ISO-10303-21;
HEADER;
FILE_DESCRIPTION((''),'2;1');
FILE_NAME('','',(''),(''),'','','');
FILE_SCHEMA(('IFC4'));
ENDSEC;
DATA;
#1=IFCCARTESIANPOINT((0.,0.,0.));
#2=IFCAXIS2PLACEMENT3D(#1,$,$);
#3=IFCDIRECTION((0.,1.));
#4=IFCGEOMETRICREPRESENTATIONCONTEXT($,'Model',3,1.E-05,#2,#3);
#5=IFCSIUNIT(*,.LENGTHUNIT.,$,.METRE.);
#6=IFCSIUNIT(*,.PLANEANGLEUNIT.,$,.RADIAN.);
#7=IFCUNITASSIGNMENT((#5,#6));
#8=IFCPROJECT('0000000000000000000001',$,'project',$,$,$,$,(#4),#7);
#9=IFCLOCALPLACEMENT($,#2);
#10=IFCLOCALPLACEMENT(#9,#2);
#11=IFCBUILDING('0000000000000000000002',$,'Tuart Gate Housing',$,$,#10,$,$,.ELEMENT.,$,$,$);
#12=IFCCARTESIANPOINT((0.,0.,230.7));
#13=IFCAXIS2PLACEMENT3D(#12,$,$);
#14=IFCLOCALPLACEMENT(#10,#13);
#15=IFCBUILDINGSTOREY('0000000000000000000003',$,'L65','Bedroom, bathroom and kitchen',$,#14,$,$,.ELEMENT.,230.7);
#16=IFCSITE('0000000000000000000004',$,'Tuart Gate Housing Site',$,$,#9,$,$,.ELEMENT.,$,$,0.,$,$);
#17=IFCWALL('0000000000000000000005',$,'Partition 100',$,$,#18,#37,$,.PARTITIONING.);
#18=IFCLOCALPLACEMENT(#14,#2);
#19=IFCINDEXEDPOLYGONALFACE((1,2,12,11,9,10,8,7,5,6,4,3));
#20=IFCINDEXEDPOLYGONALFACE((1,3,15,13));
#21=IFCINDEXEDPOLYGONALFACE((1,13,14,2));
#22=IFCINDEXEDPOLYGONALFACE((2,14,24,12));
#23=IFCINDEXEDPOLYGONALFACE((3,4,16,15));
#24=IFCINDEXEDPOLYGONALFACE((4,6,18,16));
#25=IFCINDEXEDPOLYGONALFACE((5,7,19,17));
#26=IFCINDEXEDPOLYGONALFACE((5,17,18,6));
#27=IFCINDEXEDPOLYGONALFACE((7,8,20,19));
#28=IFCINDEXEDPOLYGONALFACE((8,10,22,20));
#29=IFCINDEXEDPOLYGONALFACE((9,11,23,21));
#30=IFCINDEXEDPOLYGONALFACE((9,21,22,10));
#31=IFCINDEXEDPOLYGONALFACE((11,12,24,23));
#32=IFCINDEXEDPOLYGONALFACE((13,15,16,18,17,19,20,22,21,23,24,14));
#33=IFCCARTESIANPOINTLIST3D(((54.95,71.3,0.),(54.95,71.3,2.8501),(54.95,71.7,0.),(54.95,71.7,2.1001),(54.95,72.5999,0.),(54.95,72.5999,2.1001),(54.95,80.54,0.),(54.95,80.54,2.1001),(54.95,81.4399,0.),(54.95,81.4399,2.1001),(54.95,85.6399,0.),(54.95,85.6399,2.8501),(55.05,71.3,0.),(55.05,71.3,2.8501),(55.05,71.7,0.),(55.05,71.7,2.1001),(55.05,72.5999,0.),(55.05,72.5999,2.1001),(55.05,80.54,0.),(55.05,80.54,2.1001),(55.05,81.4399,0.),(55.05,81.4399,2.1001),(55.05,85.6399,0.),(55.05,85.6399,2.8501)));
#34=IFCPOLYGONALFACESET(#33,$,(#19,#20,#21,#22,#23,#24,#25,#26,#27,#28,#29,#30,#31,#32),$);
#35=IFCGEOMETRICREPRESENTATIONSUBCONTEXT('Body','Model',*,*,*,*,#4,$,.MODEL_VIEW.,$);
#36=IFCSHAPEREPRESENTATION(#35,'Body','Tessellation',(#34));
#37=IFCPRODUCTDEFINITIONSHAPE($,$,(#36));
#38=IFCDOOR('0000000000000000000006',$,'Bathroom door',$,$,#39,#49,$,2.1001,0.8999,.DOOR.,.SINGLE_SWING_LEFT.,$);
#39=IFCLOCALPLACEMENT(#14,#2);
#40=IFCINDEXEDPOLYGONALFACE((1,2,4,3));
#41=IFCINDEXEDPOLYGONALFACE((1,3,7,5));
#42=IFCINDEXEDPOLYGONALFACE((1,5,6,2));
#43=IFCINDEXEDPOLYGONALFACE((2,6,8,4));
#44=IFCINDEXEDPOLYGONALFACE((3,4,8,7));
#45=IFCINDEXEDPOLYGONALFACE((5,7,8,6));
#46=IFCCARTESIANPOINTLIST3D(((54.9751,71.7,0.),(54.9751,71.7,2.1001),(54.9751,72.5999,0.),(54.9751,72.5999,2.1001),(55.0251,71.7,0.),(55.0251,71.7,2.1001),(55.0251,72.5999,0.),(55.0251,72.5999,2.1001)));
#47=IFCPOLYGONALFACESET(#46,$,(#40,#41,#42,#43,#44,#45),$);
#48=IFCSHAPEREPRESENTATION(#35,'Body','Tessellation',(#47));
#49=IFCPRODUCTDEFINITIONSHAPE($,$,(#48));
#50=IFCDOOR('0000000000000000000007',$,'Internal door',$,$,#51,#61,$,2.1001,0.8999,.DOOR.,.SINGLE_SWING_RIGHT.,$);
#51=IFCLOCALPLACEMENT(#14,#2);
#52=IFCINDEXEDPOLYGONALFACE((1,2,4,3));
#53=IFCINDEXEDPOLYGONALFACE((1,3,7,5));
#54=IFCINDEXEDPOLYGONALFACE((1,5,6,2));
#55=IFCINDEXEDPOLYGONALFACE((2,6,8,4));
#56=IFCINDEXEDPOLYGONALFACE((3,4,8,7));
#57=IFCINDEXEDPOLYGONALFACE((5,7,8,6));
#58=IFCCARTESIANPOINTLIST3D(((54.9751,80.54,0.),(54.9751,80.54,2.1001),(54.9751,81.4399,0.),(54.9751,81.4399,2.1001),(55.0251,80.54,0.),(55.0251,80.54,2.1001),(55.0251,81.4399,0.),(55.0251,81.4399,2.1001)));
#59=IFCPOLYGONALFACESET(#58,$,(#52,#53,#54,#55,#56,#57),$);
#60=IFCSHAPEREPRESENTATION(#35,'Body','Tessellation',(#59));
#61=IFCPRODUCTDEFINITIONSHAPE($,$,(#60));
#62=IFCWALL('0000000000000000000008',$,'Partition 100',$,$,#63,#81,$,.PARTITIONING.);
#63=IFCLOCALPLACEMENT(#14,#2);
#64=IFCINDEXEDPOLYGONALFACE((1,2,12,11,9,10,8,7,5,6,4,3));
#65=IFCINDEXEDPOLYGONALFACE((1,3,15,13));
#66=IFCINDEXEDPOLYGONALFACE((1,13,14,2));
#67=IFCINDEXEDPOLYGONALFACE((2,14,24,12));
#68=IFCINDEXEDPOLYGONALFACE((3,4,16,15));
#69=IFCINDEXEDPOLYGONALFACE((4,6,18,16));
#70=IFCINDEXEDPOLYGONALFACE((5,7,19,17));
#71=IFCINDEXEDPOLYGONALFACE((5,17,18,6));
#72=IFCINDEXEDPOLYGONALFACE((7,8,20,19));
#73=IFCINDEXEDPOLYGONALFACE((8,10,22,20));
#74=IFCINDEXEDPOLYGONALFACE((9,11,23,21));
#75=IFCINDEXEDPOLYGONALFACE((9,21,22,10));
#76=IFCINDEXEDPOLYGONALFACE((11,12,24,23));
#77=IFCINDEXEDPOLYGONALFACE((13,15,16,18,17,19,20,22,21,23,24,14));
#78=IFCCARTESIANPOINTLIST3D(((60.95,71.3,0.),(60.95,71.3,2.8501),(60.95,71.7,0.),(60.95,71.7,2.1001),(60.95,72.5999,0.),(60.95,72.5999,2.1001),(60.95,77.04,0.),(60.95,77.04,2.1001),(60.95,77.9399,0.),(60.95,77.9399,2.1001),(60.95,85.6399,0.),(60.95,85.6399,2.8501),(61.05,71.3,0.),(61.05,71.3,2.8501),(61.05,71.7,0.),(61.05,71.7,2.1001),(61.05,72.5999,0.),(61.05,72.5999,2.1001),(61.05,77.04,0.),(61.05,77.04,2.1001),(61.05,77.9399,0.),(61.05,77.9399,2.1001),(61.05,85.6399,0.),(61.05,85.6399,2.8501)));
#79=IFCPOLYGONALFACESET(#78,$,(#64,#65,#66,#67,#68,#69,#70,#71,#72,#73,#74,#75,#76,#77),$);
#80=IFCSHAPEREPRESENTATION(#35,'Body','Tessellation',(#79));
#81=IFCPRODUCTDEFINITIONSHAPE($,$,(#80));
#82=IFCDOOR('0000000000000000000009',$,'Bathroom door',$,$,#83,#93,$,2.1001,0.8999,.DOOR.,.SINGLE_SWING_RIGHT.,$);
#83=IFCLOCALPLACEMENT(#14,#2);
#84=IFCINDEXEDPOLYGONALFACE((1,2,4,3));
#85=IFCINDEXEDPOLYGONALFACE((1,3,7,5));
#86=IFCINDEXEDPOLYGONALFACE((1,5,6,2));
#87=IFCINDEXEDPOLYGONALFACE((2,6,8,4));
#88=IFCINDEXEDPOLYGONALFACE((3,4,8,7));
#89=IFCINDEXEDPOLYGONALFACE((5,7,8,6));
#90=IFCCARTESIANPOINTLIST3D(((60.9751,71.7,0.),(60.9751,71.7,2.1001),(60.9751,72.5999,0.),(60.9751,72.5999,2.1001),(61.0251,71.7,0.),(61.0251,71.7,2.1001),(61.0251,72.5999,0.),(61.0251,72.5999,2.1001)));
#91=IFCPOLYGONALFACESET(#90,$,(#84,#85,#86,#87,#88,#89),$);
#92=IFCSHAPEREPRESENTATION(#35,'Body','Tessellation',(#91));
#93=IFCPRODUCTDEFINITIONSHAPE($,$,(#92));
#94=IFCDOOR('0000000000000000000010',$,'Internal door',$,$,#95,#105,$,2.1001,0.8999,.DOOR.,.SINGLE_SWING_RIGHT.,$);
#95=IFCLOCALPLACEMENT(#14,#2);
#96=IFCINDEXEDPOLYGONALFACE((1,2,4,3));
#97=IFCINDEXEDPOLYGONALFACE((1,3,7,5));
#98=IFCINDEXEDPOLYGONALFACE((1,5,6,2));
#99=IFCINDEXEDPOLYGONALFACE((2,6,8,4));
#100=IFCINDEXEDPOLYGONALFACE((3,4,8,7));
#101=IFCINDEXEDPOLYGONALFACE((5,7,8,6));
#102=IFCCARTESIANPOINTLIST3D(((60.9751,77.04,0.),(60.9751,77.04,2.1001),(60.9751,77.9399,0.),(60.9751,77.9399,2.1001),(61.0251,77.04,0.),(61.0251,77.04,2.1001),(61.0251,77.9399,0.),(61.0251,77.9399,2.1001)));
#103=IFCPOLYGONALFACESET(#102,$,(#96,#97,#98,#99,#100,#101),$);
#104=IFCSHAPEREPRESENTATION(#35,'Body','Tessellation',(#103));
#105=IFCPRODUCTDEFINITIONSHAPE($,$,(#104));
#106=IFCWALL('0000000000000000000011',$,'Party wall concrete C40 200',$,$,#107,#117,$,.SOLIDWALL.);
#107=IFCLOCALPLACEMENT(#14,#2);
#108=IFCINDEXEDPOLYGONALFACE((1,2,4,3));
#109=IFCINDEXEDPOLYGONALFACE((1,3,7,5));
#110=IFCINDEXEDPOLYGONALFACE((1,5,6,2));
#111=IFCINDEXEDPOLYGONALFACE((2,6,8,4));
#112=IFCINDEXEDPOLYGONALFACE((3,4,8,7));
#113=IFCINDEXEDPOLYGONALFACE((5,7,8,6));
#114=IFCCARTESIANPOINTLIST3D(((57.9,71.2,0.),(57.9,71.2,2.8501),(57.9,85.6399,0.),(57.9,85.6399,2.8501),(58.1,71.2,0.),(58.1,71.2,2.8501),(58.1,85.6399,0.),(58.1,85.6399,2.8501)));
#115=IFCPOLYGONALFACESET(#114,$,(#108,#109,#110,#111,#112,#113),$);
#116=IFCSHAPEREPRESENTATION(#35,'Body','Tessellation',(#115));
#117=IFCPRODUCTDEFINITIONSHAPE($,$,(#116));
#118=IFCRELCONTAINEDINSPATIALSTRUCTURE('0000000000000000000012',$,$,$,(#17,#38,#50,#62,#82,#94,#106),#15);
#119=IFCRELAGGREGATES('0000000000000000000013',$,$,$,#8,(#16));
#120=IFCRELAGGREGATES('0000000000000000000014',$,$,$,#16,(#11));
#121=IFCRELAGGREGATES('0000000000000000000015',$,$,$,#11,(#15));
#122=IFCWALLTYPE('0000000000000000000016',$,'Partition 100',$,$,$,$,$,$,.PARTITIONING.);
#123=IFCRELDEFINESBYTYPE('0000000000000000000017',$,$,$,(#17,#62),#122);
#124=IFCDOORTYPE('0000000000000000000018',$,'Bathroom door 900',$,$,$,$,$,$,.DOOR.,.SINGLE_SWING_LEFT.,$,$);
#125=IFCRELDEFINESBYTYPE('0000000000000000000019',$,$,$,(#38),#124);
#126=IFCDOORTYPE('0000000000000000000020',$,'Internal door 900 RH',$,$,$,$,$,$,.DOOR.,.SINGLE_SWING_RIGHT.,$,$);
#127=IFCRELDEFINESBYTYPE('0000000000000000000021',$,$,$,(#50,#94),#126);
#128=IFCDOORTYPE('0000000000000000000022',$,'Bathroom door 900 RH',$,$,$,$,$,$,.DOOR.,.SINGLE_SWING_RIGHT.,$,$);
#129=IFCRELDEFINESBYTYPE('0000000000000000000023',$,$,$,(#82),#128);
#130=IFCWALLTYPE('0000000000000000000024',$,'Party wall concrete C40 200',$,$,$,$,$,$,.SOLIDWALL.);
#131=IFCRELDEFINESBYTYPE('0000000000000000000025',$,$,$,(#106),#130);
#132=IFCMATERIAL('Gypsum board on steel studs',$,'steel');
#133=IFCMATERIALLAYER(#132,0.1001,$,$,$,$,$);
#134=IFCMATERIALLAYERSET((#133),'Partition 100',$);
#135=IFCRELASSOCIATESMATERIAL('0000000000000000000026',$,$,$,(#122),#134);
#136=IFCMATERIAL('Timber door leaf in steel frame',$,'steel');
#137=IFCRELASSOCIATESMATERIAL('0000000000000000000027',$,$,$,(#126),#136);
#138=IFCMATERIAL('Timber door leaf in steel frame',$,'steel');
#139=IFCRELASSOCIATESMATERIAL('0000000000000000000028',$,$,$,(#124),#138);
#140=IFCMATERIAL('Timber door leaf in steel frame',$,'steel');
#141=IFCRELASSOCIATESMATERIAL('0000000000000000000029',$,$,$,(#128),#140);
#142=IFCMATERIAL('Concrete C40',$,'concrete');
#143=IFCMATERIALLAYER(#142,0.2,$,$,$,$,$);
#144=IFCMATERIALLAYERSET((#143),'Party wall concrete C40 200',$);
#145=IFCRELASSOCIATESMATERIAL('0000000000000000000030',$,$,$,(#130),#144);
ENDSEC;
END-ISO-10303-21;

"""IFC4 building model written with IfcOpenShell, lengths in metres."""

from ifc_helpers import new_model, si_unit, direction, frame, frame_2d, origin, place, context, subcontext, project, spatial, rectangle, extrude, material, layer, layer_set, type_object, element, fill, save


model = new_model("IFC4")

# Units and contexts
model_context = context("Model", 3, precision=1e-05, world=origin(), true_north=direction((0.0, 1.0)))
body_context = subcontext(model_context, "Body", "Model", "MODEL_VIEW")
ifc_project = project(units=[si_unit("LENGTHUNIT", "METRE"), si_unit("PLANEANGLEUNIT", "RADIAN")], contexts=[model_context])

# Site, building, storey
site_placement = place(None, origin())
site = spatial("IfcSite", under=ifc_project, at=site_placement, Name="Tuart Gate Housing Site", CompositionType="ELEMENT", RefElevation=0.0)
building_placement = place(site_placement, origin())
building = spatial("IfcBuilding", under=site, at=building_placement, Name="Tuart Gate Housing", CompositionType="ELEMENT")
storey_placement = place(building_placement, frame((0.0, 0.0, 230.7)))
storey = spatial("IfcBuildingStorey", under=building, at=storey_placement, Name="L65", Description="Bedroom, bathroom and kitchen", CompositionType="ELEMENT", Elevation=230.7)

# Shared definitions
ifc_material_1 = material(Name="Gypsum board on steel studs", Category="steel")
ifc_layer_1 = layer(ifc_material_1, 0.1001)
ifc_layer_set_1 = layer_set([ifc_layer_1], Name="Partition 100")
wall_type_1 = type_object("IfcWallType", Name="Partition 100", PredefinedType="PARTITIONING", material=ifc_layer_set_1)

# Shared definitions
ifc_material_2 = material(Name="Timber door leaf in steel frame", Category="steel")
door_type_1 = type_object("IfcDoorType", Name="Internal door 900 RH", OperationType="SINGLE_SWING_RIGHT", PredefinedType="DOOR", material=ifc_material_2)

# Walls, openings, doors
wall_1_placement = place(storey_placement, frame((55.0, 71.3, 0.0), z_axis=(0.0, 0.0, 1.0), x_axis=(0.0, 1.0, 0.0)))
wall_1 = element("IfcWall", 1, at=wall_1_placement, inside=storey, type_object=wall_type_1, Name="Partition 100", PredefinedType="PARTITIONING", context=body_context, shape_type="SweptSolid", body=[
    extrude(rectangle(XDim=14.3398, YDim=0.1001, at=frame_2d((7.1699, 0.0))), origin(), (0.0, 0.0, 1.0), 2.8501),
])
opening_1_placement = place(wall_1_placement, frame((9.24, 0.0, 0.0)))
opening_1 = element("IfcOpeningElement", 2, at=opening_1_placement, cuts=wall_1, PredefinedType="OPENING", context=body_context, shape_type="SweptSolid", body=[
    extrude(rectangle(XDim=0.8999, YDim=2.1001, at=frame_2d((0.45, 1.05))), frame((0.0, 0.0601, 0.0), z_axis=(0.0, -1.0, 0.0), x_axis=(1.0, 0.0, 0.0)), (0.0, 0.0, 1.0), 0.1201),
])
opening_2_placement = place(wall_1_placement, frame((0.3999, 0.0, 0.0)))
opening_2 = element("IfcOpeningElement", 3, at=opening_2_placement, cuts=wall_1, PredefinedType="OPENING", context=body_context, shape_type="SweptSolid", body=[
    extrude(rectangle(XDim=0.8999, YDim=2.1001, at=frame_2d((0.45, 1.05))), frame((0.0, 0.0601, 0.0), z_axis=(0.0, -1.0, 0.0), x_axis=(1.0, 0.0, 0.0)), (0.0, 0.0, 1.0), 0.1201),
])
ifc_material_3 = material(Name="Timber door leaf in steel frame", Category="steel")
door_type_2 = type_object("IfcDoorType", Name="Bathroom door 900", OperationType="SINGLE_SWING_LEFT", PredefinedType="DOOR", material=ifc_material_3)
door_1_placement = place(opening_2_placement, origin())
door_1 = element("IfcDoor", 4, at=door_1_placement, inside=storey, type_object=door_type_2, Name="Bathroom door", OperationType="SINGLE_SWING_LEFT", OverallHeight=2.1001, OverallWidth=0.8999, PredefinedType="DOOR", context=body_context, shape_type="SweptSolid", body=[
    extrude(rectangle(XDim=0.8999, YDim=2.1001, at=frame_2d((0.45, 1.05))), frame((0.0, 0.0249, 0.0), z_axis=(0.0, -1.0, 0.0), x_axis=(1.0, 0.0, 0.0)), (0.0, 0.0, 1.0), 0.05),
])
fill(opening_2, door_1)
door_2_placement = place(opening_1_placement, origin())
door_2 = element("IfcDoor", 5, at=door_2_placement, inside=storey, type_object=door_type_1, Name="Internal door", OperationType="SINGLE_SWING_RIGHT", OverallHeight=2.1001, OverallWidth=0.8999, PredefinedType="DOOR", context=body_context, shape_type="SweptSolid", body=[
    extrude(rectangle(XDim=0.8999, YDim=2.1001, at=frame_2d((0.45, 1.05))), frame((0.0, 0.0249, 0.0), z_axis=(0.0, -1.0, 0.0), x_axis=(1.0, 0.0, 0.0)), (0.0, 0.0, 1.0), 0.05),
])
fill(opening_1, door_2)
wall_2_placement = place(storey_placement, frame((61.0, 71.3, 0.0), z_axis=(0.0, 0.0, 1.0), x_axis=(0.0, 1.0, 0.0)))
wall_2 = element("IfcWall", 6, at=wall_2_placement, inside=storey, type_object=wall_type_1, Name="Partition 100", PredefinedType="PARTITIONING", context=body_context, shape_type="SweptSolid", body=[
    extrude(rectangle(XDim=14.3398, YDim=0.1001, at=frame_2d((7.1699, 0.0))), origin(), (0.0, 0.0, 1.0), 2.8501),
])
opening_3_placement = place(wall_2_placement, frame((5.74, 0.0, 0.0)))
opening_3 = element("IfcOpeningElement", 7, at=opening_3_placement, cuts=wall_2, PredefinedType="OPENING", context=body_context, shape_type="SweptSolid", body=[
    extrude(rectangle(XDim=0.8999, YDim=2.1001, at=frame_2d((0.45, 1.05))), frame((0.0, 0.0601, 0.0), z_axis=(0.0, -1.0, 0.0), x_axis=(1.0, 0.0, 0.0)), (0.0, 0.0, 1.0), 0.1201),
])
opening_4_placement = place(wall_2_placement, frame((0.3999, 0.0, 0.0)))
opening_4 = element("IfcOpeningElement", 8, at=opening_4_placement, cuts=wall_2, PredefinedType="OPENING", context=body_context, shape_type="SweptSolid", body=[
    extrude(rectangle(XDim=0.8999, YDim=2.1001, at=frame_2d((0.45, 1.05))), frame((0.0, 0.0601, 0.0), z_axis=(0.0, -1.0, 0.0), x_axis=(1.0, 0.0, 0.0)), (0.0, 0.0, 1.0), 0.1201),
])
ifc_material_4 = material(Name="Timber door leaf in steel frame", Category="steel")
door_type_3 = type_object("IfcDoorType", Name="Bathroom door 900 RH", OperationType="SINGLE_SWING_RIGHT", PredefinedType="DOOR", material=ifc_material_4)
door_3_placement = place(opening_4_placement, frame((0.8999, 0.0, 0.0), z_axis=(0.0, 0.0, 1.0), x_axis=(-1.0, 0.0, 0.0)))
door_3 = element("IfcDoor", 9, at=door_3_placement, inside=storey, type_object=door_type_3, Name="Bathroom door", OperationType="SINGLE_SWING_RIGHT", OverallHeight=2.1001, OverallWidth=0.8999, PredefinedType="DOOR", context=body_context, shape_type="SweptSolid", body=[
    extrude(rectangle(XDim=0.8999, YDim=2.1001, at=frame_2d((0.45, 1.05))), frame((0.0, 0.0251, 0.0), z_axis=(0.0, -1.0, 0.0), x_axis=(1.0, 0.0, 0.0)), (0.0, 0.0, 1.0), 0.05),
])
fill(opening_4, door_3)
door_4_placement = place(opening_3_placement, frame((0.8999, 0.0, 0.0), z_axis=(0.0, 0.0, 1.0), x_axis=(-1.0, 0.0, 0.0)))
door_4 = element("IfcDoor", 10, at=door_4_placement, inside=storey, type_object=door_type_1, Name="Internal door", OperationType="SINGLE_SWING_RIGHT", OverallHeight=2.1001, OverallWidth=0.8999, PredefinedType="DOOR", context=body_context, shape_type="SweptSolid", body=[
    extrude(rectangle(XDim=0.8999, YDim=2.1001, at=frame_2d((0.45, 1.05))), frame((0.0, 0.0251, 0.0), z_axis=(0.0, -1.0, 0.0), x_axis=(1.0, 0.0, 0.0)), (0.0, 0.0, 1.0), 0.05),
])
fill(opening_3, door_4)

# Wall
ifc_material_5 = material(Name="Concrete C40", Category="concrete")
ifc_layer_2 = layer(ifc_material_5, 0.2)
ifc_layer_set_2 = layer_set([ifc_layer_2], Name="Party wall concrete C40 200")
wall_type_2 = type_object("IfcWallType", Name="Party wall concrete C40 200", PredefinedType="SOLIDWALL", material=ifc_layer_set_2)
wall_3_placement = place(storey_placement, frame((58.0, 71.2, 0.0), z_axis=(0.0, 0.0, 1.0), x_axis=(0.0, 1.0, 0.0)))
element("IfcWall", 11, at=wall_3_placement, inside=storey, type_object=wall_type_2, Name="Party wall concrete C40 200", PredefinedType="SOLIDWALL", context=body_context, shape_type="SweptSolid", body=[
    extrude(rectangle(XDim=14.4399, YDim=0.2, at=frame_2d((7.22, 0.0))), origin(), (0.0, 0.0, 1.0), 2.8501),
])

save(model, "model.ifc")
